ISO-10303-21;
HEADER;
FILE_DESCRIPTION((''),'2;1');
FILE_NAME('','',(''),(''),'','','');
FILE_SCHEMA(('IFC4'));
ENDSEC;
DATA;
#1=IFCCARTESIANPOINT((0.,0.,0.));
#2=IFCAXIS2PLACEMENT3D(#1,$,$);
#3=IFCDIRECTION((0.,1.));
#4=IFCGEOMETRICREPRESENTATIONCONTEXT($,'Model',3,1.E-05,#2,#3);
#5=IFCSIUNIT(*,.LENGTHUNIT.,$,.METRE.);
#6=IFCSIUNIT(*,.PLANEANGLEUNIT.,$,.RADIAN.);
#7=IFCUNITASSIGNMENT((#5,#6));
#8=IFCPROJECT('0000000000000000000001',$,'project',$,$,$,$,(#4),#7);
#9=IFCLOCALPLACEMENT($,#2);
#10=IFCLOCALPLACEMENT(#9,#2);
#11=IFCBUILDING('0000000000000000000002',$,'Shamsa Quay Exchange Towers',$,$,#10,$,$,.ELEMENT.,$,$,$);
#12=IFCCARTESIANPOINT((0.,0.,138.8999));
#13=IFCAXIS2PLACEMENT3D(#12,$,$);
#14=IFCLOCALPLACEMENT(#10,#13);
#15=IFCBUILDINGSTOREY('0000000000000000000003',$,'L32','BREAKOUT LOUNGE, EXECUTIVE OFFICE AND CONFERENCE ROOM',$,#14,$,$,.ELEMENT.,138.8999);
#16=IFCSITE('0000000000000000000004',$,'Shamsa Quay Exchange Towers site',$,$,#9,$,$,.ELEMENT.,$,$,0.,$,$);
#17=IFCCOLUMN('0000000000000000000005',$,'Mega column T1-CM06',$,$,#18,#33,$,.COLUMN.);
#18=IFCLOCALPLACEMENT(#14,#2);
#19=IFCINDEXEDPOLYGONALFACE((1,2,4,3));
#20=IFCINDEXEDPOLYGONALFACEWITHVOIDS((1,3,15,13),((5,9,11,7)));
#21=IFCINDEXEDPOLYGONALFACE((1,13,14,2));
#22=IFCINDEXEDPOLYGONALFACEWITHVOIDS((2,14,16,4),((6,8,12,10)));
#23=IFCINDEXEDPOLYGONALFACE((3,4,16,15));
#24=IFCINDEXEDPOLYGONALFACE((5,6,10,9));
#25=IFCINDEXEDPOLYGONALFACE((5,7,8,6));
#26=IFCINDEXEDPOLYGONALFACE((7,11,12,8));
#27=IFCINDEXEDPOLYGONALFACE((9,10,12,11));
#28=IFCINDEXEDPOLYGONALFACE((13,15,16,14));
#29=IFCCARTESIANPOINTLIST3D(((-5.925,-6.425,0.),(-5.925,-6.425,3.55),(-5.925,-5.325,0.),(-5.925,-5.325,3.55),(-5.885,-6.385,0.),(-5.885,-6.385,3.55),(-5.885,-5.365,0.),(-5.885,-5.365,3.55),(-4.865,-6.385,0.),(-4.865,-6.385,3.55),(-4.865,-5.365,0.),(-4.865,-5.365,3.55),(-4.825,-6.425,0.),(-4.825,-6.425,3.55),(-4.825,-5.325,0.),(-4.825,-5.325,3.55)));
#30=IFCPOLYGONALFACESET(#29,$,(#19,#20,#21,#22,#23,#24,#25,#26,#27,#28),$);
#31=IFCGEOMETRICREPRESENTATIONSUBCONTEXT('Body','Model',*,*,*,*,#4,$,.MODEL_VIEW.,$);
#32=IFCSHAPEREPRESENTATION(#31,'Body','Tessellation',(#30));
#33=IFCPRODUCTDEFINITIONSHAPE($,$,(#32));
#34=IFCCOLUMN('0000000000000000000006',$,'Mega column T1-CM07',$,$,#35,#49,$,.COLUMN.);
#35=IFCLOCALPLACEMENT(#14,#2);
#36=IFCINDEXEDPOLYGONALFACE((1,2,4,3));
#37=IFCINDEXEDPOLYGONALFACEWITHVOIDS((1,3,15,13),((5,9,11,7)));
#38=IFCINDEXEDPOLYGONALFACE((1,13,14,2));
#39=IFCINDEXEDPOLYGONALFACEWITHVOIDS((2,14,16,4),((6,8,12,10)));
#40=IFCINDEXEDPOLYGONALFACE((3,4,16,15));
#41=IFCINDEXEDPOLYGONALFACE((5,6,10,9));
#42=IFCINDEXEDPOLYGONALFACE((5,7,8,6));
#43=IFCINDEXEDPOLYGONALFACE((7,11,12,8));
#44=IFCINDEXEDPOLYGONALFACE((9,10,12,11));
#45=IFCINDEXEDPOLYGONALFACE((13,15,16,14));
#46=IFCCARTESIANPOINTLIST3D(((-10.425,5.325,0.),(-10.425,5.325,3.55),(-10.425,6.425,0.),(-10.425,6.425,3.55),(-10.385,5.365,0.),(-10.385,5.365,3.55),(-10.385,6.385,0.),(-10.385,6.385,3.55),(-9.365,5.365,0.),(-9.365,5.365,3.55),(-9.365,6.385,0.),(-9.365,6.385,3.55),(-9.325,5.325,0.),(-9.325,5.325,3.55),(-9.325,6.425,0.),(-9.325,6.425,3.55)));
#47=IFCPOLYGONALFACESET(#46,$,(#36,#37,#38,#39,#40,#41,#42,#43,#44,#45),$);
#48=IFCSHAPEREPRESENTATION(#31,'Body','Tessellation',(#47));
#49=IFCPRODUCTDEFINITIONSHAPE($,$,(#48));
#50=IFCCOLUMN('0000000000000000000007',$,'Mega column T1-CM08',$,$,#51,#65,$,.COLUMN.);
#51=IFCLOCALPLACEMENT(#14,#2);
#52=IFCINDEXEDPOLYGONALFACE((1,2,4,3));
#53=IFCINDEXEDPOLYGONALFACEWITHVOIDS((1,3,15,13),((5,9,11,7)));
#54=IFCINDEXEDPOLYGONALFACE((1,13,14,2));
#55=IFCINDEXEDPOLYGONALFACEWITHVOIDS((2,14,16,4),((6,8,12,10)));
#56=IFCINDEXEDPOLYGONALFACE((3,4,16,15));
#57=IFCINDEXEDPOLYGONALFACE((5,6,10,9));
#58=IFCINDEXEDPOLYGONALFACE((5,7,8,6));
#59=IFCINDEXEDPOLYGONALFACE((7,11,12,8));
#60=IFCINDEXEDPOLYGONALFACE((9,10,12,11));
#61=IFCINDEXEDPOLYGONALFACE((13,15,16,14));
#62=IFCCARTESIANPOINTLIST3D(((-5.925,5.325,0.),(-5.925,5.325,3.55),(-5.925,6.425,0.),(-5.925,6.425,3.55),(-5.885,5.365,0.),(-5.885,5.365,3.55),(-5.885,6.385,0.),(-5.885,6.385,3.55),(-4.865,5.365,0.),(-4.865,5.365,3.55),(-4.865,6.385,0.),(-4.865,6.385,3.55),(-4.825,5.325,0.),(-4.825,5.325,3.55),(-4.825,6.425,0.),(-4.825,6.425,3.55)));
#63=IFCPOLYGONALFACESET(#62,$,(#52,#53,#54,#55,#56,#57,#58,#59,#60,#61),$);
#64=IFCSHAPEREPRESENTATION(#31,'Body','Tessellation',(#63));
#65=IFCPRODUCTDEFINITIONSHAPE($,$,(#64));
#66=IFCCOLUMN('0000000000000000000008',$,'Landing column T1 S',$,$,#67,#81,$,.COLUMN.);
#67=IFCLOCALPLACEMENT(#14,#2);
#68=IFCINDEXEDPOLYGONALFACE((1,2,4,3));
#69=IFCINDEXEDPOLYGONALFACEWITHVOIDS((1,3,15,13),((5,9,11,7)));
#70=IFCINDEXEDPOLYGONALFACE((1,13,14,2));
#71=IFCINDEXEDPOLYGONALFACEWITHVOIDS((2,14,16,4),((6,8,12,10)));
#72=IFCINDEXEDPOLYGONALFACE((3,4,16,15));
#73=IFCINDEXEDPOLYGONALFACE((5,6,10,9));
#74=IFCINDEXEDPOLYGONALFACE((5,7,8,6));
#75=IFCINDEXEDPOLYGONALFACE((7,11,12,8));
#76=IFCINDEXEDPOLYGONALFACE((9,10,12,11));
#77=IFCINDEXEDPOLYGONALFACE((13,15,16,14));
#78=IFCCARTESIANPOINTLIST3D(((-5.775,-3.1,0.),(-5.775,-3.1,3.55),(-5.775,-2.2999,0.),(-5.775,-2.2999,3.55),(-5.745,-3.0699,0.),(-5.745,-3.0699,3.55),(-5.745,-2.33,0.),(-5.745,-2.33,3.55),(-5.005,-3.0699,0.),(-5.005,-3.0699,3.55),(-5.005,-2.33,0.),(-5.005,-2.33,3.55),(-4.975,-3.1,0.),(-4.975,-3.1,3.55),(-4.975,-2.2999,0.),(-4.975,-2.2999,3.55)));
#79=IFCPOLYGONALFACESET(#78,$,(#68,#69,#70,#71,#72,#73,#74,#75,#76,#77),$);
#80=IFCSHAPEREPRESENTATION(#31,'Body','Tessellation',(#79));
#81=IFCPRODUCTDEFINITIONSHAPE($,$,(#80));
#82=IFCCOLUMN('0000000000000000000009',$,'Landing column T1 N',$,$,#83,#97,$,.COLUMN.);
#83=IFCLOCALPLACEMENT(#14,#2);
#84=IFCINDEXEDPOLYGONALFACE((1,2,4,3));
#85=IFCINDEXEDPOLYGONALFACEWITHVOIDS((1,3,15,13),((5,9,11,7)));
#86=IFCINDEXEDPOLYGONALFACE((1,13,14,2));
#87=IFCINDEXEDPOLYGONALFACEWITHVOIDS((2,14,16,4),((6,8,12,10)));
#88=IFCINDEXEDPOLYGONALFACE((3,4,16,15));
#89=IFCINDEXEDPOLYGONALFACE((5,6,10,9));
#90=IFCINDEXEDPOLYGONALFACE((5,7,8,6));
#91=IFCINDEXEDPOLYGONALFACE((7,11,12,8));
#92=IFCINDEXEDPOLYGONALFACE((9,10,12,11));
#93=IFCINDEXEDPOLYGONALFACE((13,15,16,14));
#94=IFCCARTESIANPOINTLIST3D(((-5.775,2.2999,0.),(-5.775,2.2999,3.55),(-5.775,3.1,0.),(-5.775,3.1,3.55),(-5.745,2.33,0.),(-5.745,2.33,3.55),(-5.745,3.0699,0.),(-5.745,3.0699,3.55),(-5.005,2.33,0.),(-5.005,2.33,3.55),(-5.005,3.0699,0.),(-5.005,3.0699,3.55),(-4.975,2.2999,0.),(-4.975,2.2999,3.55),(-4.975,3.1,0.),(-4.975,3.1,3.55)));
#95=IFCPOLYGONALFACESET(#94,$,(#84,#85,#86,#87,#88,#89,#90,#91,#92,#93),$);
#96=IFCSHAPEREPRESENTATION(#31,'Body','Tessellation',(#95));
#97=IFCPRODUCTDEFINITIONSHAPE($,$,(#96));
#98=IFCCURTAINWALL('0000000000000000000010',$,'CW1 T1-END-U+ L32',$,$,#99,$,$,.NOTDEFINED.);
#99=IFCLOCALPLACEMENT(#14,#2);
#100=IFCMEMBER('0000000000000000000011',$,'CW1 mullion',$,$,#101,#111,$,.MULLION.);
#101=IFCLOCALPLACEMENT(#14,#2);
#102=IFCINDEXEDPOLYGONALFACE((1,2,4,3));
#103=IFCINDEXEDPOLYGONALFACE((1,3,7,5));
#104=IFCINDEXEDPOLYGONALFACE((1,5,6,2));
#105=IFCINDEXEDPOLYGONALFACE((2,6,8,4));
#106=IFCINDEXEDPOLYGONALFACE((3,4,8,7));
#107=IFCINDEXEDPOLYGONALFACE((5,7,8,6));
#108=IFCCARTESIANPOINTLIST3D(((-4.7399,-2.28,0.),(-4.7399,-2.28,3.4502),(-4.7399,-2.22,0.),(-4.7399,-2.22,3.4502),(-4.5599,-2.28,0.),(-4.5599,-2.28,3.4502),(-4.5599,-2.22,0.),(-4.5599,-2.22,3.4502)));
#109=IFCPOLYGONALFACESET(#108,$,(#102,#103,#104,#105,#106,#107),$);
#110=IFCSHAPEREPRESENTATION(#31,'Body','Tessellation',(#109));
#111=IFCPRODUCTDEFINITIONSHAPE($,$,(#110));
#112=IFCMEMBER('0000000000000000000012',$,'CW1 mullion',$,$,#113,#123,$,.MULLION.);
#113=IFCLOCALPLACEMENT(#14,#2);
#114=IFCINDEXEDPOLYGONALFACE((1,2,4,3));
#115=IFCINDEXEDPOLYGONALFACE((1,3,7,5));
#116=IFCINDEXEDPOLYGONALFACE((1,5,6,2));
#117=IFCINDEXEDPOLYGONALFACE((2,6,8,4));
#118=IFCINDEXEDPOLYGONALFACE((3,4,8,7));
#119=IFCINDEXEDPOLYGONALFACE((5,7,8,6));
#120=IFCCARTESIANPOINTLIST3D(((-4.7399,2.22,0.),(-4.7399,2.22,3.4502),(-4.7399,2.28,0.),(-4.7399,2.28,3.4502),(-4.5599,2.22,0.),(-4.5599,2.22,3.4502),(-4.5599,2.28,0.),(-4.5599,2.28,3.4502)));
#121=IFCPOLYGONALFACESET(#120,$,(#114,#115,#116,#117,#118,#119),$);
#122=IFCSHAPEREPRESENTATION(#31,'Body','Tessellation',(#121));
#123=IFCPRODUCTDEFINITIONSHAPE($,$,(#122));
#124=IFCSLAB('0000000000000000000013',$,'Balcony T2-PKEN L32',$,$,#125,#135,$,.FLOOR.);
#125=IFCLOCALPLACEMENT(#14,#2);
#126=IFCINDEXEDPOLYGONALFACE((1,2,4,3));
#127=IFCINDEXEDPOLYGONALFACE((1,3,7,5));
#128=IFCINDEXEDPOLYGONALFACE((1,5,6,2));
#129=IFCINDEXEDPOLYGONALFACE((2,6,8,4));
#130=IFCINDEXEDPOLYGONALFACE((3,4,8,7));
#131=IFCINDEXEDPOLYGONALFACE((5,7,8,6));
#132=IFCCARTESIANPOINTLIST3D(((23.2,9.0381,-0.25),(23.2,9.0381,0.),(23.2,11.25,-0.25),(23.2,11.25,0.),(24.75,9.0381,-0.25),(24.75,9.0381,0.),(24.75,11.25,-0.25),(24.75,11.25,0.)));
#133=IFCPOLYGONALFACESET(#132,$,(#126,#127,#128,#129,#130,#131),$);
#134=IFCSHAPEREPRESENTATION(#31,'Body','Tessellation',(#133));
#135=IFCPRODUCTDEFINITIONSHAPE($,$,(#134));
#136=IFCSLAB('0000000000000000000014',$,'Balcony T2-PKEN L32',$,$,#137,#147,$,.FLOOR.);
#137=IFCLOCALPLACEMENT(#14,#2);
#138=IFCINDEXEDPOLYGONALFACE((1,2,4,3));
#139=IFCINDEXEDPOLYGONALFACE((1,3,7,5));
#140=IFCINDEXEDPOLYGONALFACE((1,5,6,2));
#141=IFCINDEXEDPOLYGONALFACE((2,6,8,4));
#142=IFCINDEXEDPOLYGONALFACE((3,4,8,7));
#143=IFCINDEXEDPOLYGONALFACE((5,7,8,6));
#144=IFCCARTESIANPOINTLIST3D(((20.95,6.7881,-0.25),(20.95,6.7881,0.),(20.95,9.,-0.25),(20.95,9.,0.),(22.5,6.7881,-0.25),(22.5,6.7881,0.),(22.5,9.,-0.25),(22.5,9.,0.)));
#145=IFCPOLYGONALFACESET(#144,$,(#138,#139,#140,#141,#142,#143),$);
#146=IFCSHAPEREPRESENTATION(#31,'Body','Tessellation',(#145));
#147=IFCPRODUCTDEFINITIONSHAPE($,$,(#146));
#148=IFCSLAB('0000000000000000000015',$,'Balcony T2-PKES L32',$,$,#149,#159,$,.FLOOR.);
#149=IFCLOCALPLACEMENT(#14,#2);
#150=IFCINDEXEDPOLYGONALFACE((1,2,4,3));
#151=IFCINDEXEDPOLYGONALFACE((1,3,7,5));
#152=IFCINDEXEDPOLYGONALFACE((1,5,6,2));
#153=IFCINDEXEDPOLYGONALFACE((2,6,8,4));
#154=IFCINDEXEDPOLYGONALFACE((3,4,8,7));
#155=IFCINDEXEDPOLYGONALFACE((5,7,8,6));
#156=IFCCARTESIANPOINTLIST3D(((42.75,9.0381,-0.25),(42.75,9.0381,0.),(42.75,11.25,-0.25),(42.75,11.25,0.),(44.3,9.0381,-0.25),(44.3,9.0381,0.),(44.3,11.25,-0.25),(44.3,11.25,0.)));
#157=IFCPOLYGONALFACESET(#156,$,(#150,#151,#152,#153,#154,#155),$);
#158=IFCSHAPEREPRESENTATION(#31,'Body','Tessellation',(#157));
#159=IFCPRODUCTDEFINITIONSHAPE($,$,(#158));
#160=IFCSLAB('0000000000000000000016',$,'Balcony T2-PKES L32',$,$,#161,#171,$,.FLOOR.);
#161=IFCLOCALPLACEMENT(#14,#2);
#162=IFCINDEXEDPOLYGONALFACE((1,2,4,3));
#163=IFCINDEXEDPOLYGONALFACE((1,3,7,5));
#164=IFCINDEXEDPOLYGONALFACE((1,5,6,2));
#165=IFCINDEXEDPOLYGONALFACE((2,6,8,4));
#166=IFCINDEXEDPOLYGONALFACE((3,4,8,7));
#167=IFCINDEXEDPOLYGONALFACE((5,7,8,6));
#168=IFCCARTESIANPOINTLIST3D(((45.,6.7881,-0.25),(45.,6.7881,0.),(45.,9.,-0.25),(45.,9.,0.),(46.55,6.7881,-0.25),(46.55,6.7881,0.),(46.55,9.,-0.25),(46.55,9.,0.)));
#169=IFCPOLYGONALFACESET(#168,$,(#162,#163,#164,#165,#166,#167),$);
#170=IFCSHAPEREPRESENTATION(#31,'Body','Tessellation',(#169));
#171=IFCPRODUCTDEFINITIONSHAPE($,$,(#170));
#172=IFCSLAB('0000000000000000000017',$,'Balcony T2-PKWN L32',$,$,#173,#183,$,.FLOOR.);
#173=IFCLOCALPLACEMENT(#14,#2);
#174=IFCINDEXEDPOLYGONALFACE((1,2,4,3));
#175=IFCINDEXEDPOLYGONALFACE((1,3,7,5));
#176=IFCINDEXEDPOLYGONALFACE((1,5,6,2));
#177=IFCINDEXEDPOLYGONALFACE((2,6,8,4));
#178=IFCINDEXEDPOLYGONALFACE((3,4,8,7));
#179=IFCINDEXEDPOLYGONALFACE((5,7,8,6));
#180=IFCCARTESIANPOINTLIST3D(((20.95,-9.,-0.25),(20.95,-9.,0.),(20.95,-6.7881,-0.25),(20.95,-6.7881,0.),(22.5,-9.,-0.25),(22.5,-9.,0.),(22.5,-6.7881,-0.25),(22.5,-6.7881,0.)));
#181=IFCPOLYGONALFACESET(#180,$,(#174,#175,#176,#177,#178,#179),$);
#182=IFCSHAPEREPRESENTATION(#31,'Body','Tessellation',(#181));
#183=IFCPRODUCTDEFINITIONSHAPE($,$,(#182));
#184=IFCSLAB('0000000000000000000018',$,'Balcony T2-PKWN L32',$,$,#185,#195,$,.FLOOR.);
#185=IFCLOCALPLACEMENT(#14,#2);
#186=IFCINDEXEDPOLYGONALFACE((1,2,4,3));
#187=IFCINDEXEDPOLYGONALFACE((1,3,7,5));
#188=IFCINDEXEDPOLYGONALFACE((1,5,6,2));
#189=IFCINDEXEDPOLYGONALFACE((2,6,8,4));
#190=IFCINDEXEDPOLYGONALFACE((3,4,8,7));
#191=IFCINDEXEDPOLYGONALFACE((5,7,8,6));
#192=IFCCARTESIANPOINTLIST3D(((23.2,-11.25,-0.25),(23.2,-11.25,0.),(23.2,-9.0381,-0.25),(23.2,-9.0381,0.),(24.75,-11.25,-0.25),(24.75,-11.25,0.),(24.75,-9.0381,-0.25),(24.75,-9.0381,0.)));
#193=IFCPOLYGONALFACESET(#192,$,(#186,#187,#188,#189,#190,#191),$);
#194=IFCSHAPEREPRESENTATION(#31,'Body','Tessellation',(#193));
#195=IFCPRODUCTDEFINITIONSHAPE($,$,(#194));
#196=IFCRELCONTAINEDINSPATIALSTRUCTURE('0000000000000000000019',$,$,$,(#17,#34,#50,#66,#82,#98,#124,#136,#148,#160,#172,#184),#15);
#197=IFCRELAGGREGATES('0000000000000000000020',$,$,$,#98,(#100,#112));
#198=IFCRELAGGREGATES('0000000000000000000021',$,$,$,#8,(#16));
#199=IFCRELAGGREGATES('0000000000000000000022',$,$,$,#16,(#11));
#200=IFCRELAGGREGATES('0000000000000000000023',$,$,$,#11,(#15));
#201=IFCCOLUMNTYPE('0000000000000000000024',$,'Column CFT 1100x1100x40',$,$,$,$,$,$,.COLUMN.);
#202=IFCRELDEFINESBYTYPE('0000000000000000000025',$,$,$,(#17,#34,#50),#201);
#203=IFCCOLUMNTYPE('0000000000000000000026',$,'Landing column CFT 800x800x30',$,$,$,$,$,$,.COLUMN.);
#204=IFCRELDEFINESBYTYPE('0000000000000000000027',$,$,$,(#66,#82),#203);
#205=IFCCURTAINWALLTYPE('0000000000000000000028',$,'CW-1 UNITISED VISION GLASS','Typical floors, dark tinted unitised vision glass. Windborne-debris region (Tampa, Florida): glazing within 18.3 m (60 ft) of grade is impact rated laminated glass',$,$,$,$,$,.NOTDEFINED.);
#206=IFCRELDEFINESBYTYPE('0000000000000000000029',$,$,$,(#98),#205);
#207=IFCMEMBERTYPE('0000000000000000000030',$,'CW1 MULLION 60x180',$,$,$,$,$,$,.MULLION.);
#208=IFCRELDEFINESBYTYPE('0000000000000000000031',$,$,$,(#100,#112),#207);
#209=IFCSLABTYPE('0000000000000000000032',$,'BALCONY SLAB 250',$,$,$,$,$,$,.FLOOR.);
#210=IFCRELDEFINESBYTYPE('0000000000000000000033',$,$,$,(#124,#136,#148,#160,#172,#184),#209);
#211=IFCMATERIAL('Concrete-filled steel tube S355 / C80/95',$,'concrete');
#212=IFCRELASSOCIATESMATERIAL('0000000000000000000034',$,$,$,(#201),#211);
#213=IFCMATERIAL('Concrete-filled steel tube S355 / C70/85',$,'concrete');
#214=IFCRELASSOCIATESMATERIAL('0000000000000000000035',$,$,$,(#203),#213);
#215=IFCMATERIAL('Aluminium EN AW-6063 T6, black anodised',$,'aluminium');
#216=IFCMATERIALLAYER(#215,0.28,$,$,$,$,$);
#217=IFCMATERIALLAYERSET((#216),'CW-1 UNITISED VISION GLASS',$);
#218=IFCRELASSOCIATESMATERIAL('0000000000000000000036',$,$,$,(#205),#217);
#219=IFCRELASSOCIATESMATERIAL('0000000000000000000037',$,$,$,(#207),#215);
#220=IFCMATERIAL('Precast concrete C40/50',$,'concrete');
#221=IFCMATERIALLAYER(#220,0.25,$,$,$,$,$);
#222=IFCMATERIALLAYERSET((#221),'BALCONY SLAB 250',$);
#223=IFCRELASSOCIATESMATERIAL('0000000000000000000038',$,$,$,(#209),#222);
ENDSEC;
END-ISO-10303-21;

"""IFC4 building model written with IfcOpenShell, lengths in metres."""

from ifc_helpers import new_model, si_unit, direction, frame, origin, origin_2d, place, context, subcontext, project, spatial, polyline, rectangle, hollow_rectangle, outline, extrude, material, layer, layer_set, material_profile, profile_set, type_object, element, aggregate, save


model = new_model("IFC4")

# Units and contexts
model_context = context("Model", 3, precision=1e-05, world=origin(), true_north=direction((0.0, 1.0)))
body_context = subcontext(model_context, "Body", "Model", "MODEL_VIEW")
ifc_project = project(units=[si_unit("LENGTHUNIT", "METRE"), si_unit("PLANEANGLEUNIT", "RADIAN")], contexts=[model_context])

# Site, building, storey
site_placement = place(None, origin())
site = spatial("IfcSite", under=ifc_project, at=site_placement, Name="Shamsa Quay Exchange Towers site", CompositionType="ELEMENT", RefElevation=0.0)
building_placement = place(site_placement, origin())
building = spatial("IfcBuilding", under=site, at=building_placement, Name="Shamsa Quay Exchange Towers", CompositionType="ELEMENT")
storey_placement = place(building_placement, frame((0.0, 0.0, 138.8999)))
storey = spatial("IfcBuildingStorey", under=building, at=storey_placement, Name="L32", Description="BREAKOUT LOUNGE, EXECUTIVE OFFICE AND CONFERENCE ROOM", CompositionType="ELEMENT", Elevation=138.8999)

# Columns
ifc_material_1 = material(Name="Concrete-filled steel tube S355 / C80/95", Category="concrete")
ifc_material_profile_1 = material_profile(ifc_material_1, hollow_rectangle(XDim=1.1001, YDim=1.1001, WallThickness=0.04, at=origin_2d()), Name="CFT 1100x1100x40")
ifc_profile_set_1 = profile_set([ifc_material_profile_1], Name="Concrete-filled steel tube S355 / C80/95")
column_type_1 = type_object("IfcColumnType", Name="Column CFT 1100x1100x40", PredefinedType="COLUMN", material=ifc_profile_set_1)
for number, where, name in (
    (1, (-5.375, -5.875, 0.0), "Mega column T1-CM06"),
    (2, (-9.875, 5.875, 0.0), "Mega column T1-CM07"),
    (3, (-5.375, 5.875, 0.0), "Mega column T1-CM08"),
):
    element("IfcColumn", number, at=place(storey_placement, frame(where)), inside=storey, type_object=column_type_1, Name=name, PredefinedType="COLUMN", context=body_context, shape_type="SweptSolid", body=[
        extrude(hollow_rectangle(XDim=1.1001, YDim=1.1001, WallThickness=0.04, at=origin_2d()), origin(), (0.0, 0.0, 1.0), 3.55),
    ])
ifc_material_2 = material(Name="Concrete-filled steel tube S355 / C70/85", Category="concrete")
ifc_material_profile_2 = material_profile(ifc_material_2, hollow_rectangle(XDim=0.8, YDim=0.8, WallThickness=0.03, at=origin_2d()), Name="CFT 800x800x30")
ifc_profile_set_2 = profile_set([ifc_material_profile_2], Name="Concrete-filled steel tube S355 / C70/85")
column_type_2 = type_object("IfcColumnType", Name="Landing column CFT 800x800x30", PredefinedType="COLUMN", material=ifc_profile_set_2)
for number, where, name in (
    (4, (-5.375, -2.7, 0.0), "Landing column T1 S"),
    (5, (-5.375, 2.7, 0.0), "Landing column T1 N"),
):
    element("IfcColumn", number, at=place(storey_placement, frame(where)), inside=storey, type_object=column_type_2, Name=name, PredefinedType="COLUMN", context=body_context, shape_type="SweptSolid", body=[
        extrude(hollow_rectangle(XDim=0.8, YDim=0.8, WallThickness=0.03, at=origin_2d()), origin(), (0.0, 0.0, 1.0), 3.55),
    ])

# Curtain wall, members
ifc_material_3 = material(Name="Aluminium EN AW-6063 T6, black anodised", Category="aluminium")
ifc_layer_1 = layer(ifc_material_3, 0.28)
ifc_layer_set_1 = layer_set([ifc_layer_1], Name="CW-1 UNITISED VISION GLASS")
curtain_wall_type = type_object("IfcCurtainWallType", Name="CW-1 UNITISED VISION GLASS", Description="Typical floors, dark tinted unitised vision glass. Windborne-debris region (Tampa, Florida): glazing within 18.3 m (60 ft) of grade is impact rated laminated glass", PredefinedType="NOTDEFINED", material=ifc_layer_set_1)
curtain_wall_1_placement = place(storey_placement, origin())
curtain_wall_1 = element("IfcCurtainWall", 6, at=curtain_wall_1_placement, inside=storey, type_object=curtain_wall_type, Name="CW1 T1-END-U+ L32", PredefinedType="NOTDEFINED")
ifc_material_profile_3 = material_profile(ifc_material_3, rectangle(XDim=0.1799, YDim=0.0601, at=origin_2d()), Name="MU60x180")
ifc_profile_set_3 = profile_set([ifc_material_profile_3], Name="Aluminium EN AW-6063 T6, black anodised")
member_type = type_object("IfcMemberType", Name="CW1 MULLION 60x180", PredefinedType="MULLION", material=ifc_profile_set_3)
member_1_placement = place(storey_placement, frame((-4.6499, -2.25, 0.0), z_axis=(0.0, 0.0, 1.0), x_axis=(-1.0, 0.0, 0.0)))
member_1 = element("IfcMember", 7, at=member_1_placement, type_object=member_type, Name="CW1 mullion", PredefinedType="MULLION", context=body_context, shape_type="SweptSolid", body=[
    extrude(rectangle(XDim=0.1799, YDim=0.0601, at=origin_2d()), origin(), (0.0, 0.0, 1.0), 3.4502),
])
member_2_placement = place(storey_placement, frame((-4.6499, 2.25, 0.0), z_axis=(0.0, 0.0, 1.0), x_axis=(-1.0, 0.0, 0.0)))
member_2 = element("IfcMember", 8, at=member_2_placement, type_object=member_type, Name="CW1 mullion", PredefinedType="MULLION", context=body_context, shape_type="SweptSolid", body=[
    extrude(rectangle(XDim=0.1799, YDim=0.0601, at=origin_2d()), origin(), (0.0, 0.0, 1.0), 3.4502),
])

# Slabs
ifc_material_4 = material(Name="Precast concrete C40/50", Category="concrete")
ifc_layer_2 = layer(ifc_material_4, 0.25)
ifc_layer_set_2 = layer_set([ifc_layer_2], Name="BALCONY SLAB 250")
slab_type_1 = type_object("IfcSlabType", Name="BALCONY SLAB 250", PredefinedType="FLOOR", material=ifc_layer_set_2)
slab_1_placement = place(storey_placement, frame((0.0, 0.0, -0.25)))
element("IfcSlab", 9, at=slab_1_placement, inside=storey, type_object=slab_type_1, Name="Balcony T2-PKEN L32", PredefinedType="FLOOR", context=body_context, shape_type="SweptSolid", body=[
    extrude(outline(polyline([(24.75, 11.25), (24.75, 9.0381), (23.2, 9.0381), (23.2, 11.25), (24.75, 11.25)])), origin(), (0.0, 0.0, 1.0), 0.25),
])
slab_2_placement = place(storey_placement, frame((0.0, 0.0, -0.25)))
element("IfcSlab", 10, at=slab_2_placement, inside=storey, type_object=slab_type_1, Name="Balcony T2-PKEN L32", PredefinedType="FLOOR", context=body_context, shape_type="SweptSolid", body=[
    extrude(outline(polyline([(22.5, 9.0), (22.5, 6.7881), (20.95, 6.7881), (20.95, 9.0), (22.5, 9.0)])), origin(), (0.0, 0.0, 1.0), 0.25),
])
slab_3_placement = place(storey_placement, frame((0.0, 0.0, -0.25)))
element("IfcSlab", 11, at=slab_3_placement, inside=storey, type_object=slab_type_1, Name="Balcony T2-PKES L32", PredefinedType="FLOOR", context=body_context, shape_type="SweptSolid", body=[
    extrude(outline(polyline([(42.75, 9.0381), (42.75, 11.25), (44.3, 11.25), (44.3, 9.0381), (42.75, 9.0381)])), origin(), (0.0, 0.0, 1.0), 0.25),
])
slab_4_placement = place(storey_placement, frame((0.0, 0.0, -0.25)))
element("IfcSlab", 12, at=slab_4_placement, inside=storey, type_object=slab_type_1, Name="Balcony T2-PKES L32", PredefinedType="FLOOR", context=body_context, shape_type="SweptSolid", body=[
    extrude(outline(polyline([(45.0, 6.7881), (45.0, 9.0), (46.55, 9.0), (46.55, 6.7881), (45.0, 6.7881)])), origin(), (0.0, 0.0, 1.0), 0.25),
])
slab_5_placement = place(storey_placement, frame((0.0, 0.0, -0.25)))
element("IfcSlab", 13, at=slab_5_placement, inside=storey, type_object=slab_type_1, Name="Balcony T2-PKWN L32", PredefinedType="FLOOR", context=body_context, shape_type="SweptSolid", body=[
    extrude(outline(polyline([(22.5, -6.7881), (22.5, -9.0), (20.95, -9.0), (20.95, -6.7881), (22.5, -6.7881)])), origin(), (0.0, 0.0, 1.0), 0.25),
])
slab_6_placement = place(storey_placement, frame((0.0, 0.0, -0.25)))
element("IfcSlab", 14, at=slab_6_placement, inside=storey, type_object=slab_type_1, Name="Balcony T2-PKWN L32", PredefinedType="FLOOR", context=body_context, shape_type="SweptSolid", body=[
    extrude(outline(polyline([(24.75, -9.0381), (24.75, -11.25), (23.2, -11.25), (23.2, -9.0381), (24.75, -9.0381)])), origin(), (0.0, 0.0, 1.0), 0.25),
])

aggregate(curtain_wall_1, [member_1, member_2])

save(model, "model.ifc")
